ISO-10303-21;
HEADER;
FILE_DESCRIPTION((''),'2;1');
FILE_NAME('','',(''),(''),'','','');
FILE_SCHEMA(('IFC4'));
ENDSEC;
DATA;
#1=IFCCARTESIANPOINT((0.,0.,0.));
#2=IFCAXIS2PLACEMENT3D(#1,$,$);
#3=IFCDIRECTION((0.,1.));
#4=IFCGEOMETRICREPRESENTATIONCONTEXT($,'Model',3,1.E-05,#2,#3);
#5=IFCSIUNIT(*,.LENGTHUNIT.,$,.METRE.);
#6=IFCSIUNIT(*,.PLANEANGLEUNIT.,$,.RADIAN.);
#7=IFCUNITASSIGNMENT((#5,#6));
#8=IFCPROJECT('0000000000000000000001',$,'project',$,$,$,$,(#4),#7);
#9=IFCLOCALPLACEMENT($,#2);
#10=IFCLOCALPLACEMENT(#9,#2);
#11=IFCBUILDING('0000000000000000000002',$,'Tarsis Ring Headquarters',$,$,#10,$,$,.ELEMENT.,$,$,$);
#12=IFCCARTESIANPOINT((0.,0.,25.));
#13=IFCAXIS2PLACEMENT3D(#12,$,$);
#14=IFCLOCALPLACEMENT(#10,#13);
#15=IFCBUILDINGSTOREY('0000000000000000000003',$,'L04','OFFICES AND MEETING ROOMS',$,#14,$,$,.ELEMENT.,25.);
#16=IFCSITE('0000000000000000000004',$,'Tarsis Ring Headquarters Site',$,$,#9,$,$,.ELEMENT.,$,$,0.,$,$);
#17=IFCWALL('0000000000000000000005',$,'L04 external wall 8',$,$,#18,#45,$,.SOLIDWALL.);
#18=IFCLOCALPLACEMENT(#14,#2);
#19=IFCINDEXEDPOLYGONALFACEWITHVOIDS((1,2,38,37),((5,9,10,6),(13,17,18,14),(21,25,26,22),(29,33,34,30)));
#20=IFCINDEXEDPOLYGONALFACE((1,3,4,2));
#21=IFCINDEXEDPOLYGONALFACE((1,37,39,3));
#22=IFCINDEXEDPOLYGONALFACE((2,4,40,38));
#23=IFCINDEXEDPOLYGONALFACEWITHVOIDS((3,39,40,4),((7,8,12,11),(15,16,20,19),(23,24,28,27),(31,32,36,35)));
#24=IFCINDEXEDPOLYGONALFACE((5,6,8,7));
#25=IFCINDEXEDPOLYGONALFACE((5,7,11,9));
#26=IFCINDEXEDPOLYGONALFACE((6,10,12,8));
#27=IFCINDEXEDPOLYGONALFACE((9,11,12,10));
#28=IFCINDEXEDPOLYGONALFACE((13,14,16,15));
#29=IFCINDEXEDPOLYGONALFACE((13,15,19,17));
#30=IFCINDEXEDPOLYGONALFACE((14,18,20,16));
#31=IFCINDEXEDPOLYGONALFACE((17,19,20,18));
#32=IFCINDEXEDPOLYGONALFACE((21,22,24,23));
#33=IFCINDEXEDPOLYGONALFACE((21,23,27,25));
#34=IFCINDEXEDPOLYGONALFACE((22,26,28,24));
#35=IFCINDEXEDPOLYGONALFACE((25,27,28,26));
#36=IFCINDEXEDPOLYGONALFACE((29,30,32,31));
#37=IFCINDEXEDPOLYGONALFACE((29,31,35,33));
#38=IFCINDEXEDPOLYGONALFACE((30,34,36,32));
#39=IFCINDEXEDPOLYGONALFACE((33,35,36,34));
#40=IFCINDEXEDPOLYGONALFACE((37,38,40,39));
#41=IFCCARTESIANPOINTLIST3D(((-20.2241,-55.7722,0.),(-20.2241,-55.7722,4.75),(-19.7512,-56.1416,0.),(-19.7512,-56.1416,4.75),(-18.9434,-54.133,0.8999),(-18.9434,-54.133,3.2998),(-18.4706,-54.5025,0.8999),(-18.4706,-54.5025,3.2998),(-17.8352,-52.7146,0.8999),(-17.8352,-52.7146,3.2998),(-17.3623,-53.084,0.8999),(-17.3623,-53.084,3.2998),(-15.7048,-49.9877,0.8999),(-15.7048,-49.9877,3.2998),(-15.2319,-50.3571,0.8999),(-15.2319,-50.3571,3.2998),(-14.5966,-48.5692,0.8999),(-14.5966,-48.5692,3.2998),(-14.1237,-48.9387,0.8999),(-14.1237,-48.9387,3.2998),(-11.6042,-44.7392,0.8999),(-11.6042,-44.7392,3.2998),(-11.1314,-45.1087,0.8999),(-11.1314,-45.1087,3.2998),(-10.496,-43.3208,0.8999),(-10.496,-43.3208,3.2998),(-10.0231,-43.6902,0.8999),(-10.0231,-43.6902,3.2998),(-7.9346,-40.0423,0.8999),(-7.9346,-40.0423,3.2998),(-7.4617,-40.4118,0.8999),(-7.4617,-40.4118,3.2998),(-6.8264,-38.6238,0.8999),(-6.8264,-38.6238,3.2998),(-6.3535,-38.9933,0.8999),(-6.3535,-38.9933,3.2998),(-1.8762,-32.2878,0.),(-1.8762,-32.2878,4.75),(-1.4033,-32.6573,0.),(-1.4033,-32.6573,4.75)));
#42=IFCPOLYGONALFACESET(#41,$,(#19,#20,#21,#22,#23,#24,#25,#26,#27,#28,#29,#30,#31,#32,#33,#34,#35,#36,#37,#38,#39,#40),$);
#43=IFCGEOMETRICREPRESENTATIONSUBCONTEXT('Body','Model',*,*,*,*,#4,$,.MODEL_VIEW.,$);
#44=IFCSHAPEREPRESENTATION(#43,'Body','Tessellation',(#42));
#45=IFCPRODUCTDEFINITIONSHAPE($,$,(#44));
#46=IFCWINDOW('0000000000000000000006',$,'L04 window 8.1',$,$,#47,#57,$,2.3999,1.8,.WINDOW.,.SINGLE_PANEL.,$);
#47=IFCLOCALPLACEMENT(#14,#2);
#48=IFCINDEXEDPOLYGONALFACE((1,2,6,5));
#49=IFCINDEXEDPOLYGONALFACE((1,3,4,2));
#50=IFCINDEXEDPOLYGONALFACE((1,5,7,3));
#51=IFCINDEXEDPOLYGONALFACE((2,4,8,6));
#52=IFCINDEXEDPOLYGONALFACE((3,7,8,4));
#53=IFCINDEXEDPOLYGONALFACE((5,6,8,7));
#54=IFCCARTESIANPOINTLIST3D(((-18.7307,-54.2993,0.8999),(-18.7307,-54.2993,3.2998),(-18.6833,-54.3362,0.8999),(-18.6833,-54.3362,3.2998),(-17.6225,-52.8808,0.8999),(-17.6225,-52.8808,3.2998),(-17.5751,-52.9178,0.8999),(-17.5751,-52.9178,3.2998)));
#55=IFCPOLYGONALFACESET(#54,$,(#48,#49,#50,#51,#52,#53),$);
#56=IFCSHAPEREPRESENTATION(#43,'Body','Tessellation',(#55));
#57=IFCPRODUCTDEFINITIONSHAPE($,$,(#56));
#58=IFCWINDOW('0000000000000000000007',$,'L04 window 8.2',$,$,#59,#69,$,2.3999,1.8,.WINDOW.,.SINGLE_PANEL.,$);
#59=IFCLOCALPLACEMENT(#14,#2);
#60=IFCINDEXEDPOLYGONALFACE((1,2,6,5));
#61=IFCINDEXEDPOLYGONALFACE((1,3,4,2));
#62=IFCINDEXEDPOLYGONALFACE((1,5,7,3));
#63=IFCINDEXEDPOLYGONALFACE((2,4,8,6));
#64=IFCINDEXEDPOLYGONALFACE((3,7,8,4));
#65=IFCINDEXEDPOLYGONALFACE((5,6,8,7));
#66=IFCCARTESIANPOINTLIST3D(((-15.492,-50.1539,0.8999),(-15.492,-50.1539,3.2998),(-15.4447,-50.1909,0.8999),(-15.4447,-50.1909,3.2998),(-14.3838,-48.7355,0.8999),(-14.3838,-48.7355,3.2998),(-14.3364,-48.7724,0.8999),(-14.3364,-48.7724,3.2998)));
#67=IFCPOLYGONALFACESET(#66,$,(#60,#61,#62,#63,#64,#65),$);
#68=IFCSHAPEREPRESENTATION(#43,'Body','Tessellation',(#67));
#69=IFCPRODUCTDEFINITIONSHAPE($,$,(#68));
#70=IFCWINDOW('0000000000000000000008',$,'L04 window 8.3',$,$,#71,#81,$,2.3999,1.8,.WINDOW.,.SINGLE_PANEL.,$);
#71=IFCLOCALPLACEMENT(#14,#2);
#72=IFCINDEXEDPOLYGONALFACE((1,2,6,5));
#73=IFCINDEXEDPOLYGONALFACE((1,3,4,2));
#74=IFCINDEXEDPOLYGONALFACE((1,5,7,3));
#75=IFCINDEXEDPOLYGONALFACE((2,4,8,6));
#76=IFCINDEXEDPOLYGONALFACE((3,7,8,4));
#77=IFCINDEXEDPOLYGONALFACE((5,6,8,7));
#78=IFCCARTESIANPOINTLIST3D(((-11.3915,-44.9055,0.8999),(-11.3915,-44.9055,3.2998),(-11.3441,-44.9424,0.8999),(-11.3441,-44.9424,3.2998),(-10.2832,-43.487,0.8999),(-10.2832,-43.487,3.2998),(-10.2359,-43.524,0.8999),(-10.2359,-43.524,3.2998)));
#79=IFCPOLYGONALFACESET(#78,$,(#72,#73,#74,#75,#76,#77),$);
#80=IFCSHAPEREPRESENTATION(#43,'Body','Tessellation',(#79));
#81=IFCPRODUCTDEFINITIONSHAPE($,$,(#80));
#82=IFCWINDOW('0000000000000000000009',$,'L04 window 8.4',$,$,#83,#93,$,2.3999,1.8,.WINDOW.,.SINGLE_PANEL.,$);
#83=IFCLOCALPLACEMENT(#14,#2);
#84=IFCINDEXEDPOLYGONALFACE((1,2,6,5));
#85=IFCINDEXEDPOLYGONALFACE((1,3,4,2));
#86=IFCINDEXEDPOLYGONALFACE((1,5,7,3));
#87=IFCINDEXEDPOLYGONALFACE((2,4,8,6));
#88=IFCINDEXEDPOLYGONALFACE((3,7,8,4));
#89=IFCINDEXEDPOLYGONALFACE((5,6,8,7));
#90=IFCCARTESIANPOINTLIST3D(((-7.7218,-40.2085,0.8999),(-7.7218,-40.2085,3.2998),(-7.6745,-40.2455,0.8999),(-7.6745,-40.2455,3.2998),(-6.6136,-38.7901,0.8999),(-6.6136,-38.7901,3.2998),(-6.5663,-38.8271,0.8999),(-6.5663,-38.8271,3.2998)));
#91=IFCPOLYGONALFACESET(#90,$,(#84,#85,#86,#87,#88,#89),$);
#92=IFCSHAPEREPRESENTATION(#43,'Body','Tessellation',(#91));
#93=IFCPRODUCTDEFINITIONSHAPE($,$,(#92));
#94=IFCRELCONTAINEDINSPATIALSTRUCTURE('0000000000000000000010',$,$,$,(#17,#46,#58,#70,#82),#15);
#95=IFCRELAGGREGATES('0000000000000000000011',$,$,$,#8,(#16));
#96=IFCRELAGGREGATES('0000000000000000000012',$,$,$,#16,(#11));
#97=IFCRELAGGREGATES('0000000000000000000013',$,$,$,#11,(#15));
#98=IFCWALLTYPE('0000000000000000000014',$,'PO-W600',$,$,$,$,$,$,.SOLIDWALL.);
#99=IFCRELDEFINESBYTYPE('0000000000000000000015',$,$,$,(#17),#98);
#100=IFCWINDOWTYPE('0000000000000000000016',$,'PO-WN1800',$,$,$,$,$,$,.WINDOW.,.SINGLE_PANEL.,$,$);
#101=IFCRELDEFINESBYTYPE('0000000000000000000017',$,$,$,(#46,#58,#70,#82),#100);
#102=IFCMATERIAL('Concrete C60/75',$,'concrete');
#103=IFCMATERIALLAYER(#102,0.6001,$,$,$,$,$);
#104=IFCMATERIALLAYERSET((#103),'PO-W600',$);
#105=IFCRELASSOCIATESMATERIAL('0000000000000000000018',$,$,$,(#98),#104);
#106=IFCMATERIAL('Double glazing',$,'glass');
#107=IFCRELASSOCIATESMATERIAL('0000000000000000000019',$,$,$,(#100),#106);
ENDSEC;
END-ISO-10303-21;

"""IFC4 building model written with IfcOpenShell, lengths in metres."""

from ifc_helpers import new_model, si_unit, direction, frame, frame_2d, origin, place, context, subcontext, project, spatial, rectangle, extrude, material, layer, layer_set, type_object, element, fill, save


model = new_model("IFC4")

# Units and contexts
model_context = context("Model", 3, precision=1e-05, world=origin(), true_north=direction((0.0, 1.0)))
body_context = subcontext(model_context, "Body", "Model", "MODEL_VIEW")
ifc_project = project(units=[si_unit("LENGTHUNIT", "METRE"), si_unit("PLANEANGLEUNIT", "RADIAN")], contexts=[model_context])

# Site, building, storey
site_placement = place(None, origin())
site = spatial("IfcSite", under=ifc_project, at=site_placement, Name="Tarsis Ring Headquarters Site", CompositionType="ELEMENT", RefElevation=0.0)
building_placement = place(site_placement, origin())
building = spatial("IfcBuilding", under=site, at=building_placement, Name="Tarsis Ring Headquarters", CompositionType="ELEMENT")
storey_placement = place(building_placement, frame((0.0, 0.0, 25.0)))
storey = spatial("IfcBuildingStorey", under=building, at=storey_placement, Name="L04", Description="OFFICES AND MEETING ROOMS", CompositionType="ELEMENT", Elevation=25.0)

# Wall, openings, windows
ifc_material_1 = material(Name="Concrete C60/75", Category="concrete")
ifc_layer_1 = layer(ifc_material_1, 0.6001)
ifc_layer_set_1 = layer_set([ifc_layer_1], Name="PO-W600")
wall_type_1 = type_object("IfcWallType", Name="PO-W600", PredefinedType="SOLIDWALL", material=ifc_layer_set_1)
wall_1_placement = place(storey_placement, frame((-19.9875, -55.9568, 0.0), z_axis=(0.0, 0.0, 1.0), x_axis=(0.615659, 0.788012, 0.0)))
wall_1 = element("IfcWall", 1, at=wall_1_placement, inside=storey, type_object=wall_type_1, Name="L04 external wall 8", PredefinedType="SOLIDWALL", context=body_context, shape_type="SweptSolid", body=[
    extrude(rectangle(XDim=29.802, YDim=0.6001, at=frame_2d((14.9009, 0.0))), origin(), (0.0, 0.0, 1.0), 4.75),
])
opening_1_placement = place(wall_1_placement, frame((2.0801, 0.0, 0.8999)))
opening_1 = element("IfcOpeningElement", 2, at=opening_1_placement, cuts=wall_1, PredefinedType="OPENING", context=body_context, shape_type="SweptSolid", body=[
    extrude(rectangle(XDim=1.8, YDim=2.3999, at=frame_2d((0.8999, 1.2))), frame((0.0, 0.3101, 0.0), z_axis=(0.0, -1.0, 0.0), x_axis=(1.0, 0.0, 0.0)), (0.0, 0.0, 1.0), 0.6201),
])
opening_2_placement = place(wall_1_placement, frame((7.3406, 0.0, 0.8999)))
opening_2 = element("IfcOpeningElement", 3, at=opening_2_placement, cuts=wall_1, PredefinedType="OPENING", context=body_context, shape_type="SweptSolid", body=[
    extrude(rectangle(XDim=1.8, YDim=2.3999, at=frame_2d((0.8999, 1.2))), frame((0.0, 0.3101, 0.0), z_axis=(0.0, -1.0, 0.0), x_axis=(1.0, 0.0, 0.0)), (0.0, 0.0, 1.0), 0.6201),
])
opening_3_placement = place(wall_1_placement, frame((14.001, 0.0, 0.8999)))
opening_3 = element("IfcOpeningElement", 4, at=opening_3_placement, cuts=wall_1, PredefinedType="OPENING", context=body_context, shape_type="SweptSolid", body=[
    extrude(rectangle(XDim=1.8, YDim=2.3999, at=frame_2d((0.8999, 1.2))), frame((0.0, 0.3101, 0.0), z_axis=(0.0, -1.0, 0.0), x_axis=(1.0, 0.0, 0.0)), (0.0, 0.0, 1.0), 0.6201),
])
opening_4_placement = place(wall_1_placement, frame((19.9614, 0.0, 0.8999)))
opening_4 = element("IfcOpeningElement", 5, at=opening_4_placement, cuts=wall_1, PredefinedType="OPENING", context=body_context, shape_type="SweptSolid", body=[
    extrude(rectangle(XDim=1.8, YDim=2.3999, at=frame_2d((0.8999, 1.2))), frame((0.0, 0.3101, 0.0), z_axis=(0.0, -1.0, 0.0), x_axis=(1.0, 0.0, 0.0)), (0.0, 0.0, 1.0), 0.6201),
])
ifc_material_2 = material(Name="Double glazing", Category="glass")
window_type = type_object("IfcWindowType", Name="PO-WN1800", PartitioningType="SINGLE_PANEL", PredefinedType="WINDOW", material=ifc_material_2)
window_1_placement = place(opening_1_placement, origin())
window_1 = element("IfcWindow", 6, at=window_1_placement, inside=storey, type_object=window_type, Name="L04 window 8.1", OverallHeight=2.3999, OverallWidth=1.8, PartitioningType="SINGLE_PANEL", PredefinedType="WINDOW", context=body_context, shape_type="SweptSolid", body=[
    extrude(rectangle(XDim=1.8, YDim=2.3999, at=frame_2d((0.8999, 1.2))), frame((0.0, 0.03, 0.0), z_axis=(0.0, -1.0, 0.0), x_axis=(1.0, 0.0, 0.0)), (0.0, 0.0, 1.0), 0.0601),
])
fill(opening_1, window_1)
window_2_placement = place(opening_2_placement, origin())
window_2 = element("IfcWindow", 7, at=window_2_placement, inside=storey, type_object=window_type, Name="L04 window 8.2", OverallHeight=2.3999, OverallWidth=1.8, PartitioningType="SINGLE_PANEL", PredefinedType="WINDOW", context=body_context, shape_type="SweptSolid", body=[
    extrude(rectangle(XDim=1.8, YDim=2.3999, at=frame_2d((0.8999, 1.2))), frame((0.0, 0.03, 0.0), z_axis=(0.0, -1.0, 0.0), x_axis=(1.0, 0.0, 0.0)), (0.0, 0.0, 1.0), 0.0601),
])
fill(opening_2, window_2)
window_3_placement = place(opening_3_placement, origin())
window_3 = element("IfcWindow", 8, at=window_3_placement, inside=storey, type_object=window_type, Name="L04 window 8.3", OverallHeight=2.3999, OverallWidth=1.8, PartitioningType="SINGLE_PANEL", PredefinedType="WINDOW", context=body_context, shape_type="SweptSolid", body=[
    extrude(rectangle(XDim=1.8, YDim=2.3999, at=frame_2d((0.8999, 1.2))), frame((0.0, 0.03, 0.0), z_axis=(0.0, -1.0, 0.0), x_axis=(1.0, 0.0, 0.0)), (0.0, 0.0, 1.0), 0.0601),
])
fill(opening_3, window_3)
window_4_placement = place(opening_4_placement, origin())
window_4 = element("IfcWindow", 9, at=window_4_placement, inside=storey, type_object=window_type, Name="L04 window 8.4", OverallHeight=2.3999, OverallWidth=1.8, PartitioningType="SINGLE_PANEL", PredefinedType="WINDOW", context=body_context, shape_type="SweptSolid", body=[
    extrude(rectangle(XDim=1.8, YDim=2.3999, at=frame_2d((0.8999, 1.2))), frame((0.0, 0.03, 0.0), z_axis=(0.0, -1.0, 0.0), x_axis=(1.0, 0.0, 0.0)), (0.0, 0.0, 1.0), 0.0601),
])
fill(opening_4, window_4)

save(model, "model.ifc")
